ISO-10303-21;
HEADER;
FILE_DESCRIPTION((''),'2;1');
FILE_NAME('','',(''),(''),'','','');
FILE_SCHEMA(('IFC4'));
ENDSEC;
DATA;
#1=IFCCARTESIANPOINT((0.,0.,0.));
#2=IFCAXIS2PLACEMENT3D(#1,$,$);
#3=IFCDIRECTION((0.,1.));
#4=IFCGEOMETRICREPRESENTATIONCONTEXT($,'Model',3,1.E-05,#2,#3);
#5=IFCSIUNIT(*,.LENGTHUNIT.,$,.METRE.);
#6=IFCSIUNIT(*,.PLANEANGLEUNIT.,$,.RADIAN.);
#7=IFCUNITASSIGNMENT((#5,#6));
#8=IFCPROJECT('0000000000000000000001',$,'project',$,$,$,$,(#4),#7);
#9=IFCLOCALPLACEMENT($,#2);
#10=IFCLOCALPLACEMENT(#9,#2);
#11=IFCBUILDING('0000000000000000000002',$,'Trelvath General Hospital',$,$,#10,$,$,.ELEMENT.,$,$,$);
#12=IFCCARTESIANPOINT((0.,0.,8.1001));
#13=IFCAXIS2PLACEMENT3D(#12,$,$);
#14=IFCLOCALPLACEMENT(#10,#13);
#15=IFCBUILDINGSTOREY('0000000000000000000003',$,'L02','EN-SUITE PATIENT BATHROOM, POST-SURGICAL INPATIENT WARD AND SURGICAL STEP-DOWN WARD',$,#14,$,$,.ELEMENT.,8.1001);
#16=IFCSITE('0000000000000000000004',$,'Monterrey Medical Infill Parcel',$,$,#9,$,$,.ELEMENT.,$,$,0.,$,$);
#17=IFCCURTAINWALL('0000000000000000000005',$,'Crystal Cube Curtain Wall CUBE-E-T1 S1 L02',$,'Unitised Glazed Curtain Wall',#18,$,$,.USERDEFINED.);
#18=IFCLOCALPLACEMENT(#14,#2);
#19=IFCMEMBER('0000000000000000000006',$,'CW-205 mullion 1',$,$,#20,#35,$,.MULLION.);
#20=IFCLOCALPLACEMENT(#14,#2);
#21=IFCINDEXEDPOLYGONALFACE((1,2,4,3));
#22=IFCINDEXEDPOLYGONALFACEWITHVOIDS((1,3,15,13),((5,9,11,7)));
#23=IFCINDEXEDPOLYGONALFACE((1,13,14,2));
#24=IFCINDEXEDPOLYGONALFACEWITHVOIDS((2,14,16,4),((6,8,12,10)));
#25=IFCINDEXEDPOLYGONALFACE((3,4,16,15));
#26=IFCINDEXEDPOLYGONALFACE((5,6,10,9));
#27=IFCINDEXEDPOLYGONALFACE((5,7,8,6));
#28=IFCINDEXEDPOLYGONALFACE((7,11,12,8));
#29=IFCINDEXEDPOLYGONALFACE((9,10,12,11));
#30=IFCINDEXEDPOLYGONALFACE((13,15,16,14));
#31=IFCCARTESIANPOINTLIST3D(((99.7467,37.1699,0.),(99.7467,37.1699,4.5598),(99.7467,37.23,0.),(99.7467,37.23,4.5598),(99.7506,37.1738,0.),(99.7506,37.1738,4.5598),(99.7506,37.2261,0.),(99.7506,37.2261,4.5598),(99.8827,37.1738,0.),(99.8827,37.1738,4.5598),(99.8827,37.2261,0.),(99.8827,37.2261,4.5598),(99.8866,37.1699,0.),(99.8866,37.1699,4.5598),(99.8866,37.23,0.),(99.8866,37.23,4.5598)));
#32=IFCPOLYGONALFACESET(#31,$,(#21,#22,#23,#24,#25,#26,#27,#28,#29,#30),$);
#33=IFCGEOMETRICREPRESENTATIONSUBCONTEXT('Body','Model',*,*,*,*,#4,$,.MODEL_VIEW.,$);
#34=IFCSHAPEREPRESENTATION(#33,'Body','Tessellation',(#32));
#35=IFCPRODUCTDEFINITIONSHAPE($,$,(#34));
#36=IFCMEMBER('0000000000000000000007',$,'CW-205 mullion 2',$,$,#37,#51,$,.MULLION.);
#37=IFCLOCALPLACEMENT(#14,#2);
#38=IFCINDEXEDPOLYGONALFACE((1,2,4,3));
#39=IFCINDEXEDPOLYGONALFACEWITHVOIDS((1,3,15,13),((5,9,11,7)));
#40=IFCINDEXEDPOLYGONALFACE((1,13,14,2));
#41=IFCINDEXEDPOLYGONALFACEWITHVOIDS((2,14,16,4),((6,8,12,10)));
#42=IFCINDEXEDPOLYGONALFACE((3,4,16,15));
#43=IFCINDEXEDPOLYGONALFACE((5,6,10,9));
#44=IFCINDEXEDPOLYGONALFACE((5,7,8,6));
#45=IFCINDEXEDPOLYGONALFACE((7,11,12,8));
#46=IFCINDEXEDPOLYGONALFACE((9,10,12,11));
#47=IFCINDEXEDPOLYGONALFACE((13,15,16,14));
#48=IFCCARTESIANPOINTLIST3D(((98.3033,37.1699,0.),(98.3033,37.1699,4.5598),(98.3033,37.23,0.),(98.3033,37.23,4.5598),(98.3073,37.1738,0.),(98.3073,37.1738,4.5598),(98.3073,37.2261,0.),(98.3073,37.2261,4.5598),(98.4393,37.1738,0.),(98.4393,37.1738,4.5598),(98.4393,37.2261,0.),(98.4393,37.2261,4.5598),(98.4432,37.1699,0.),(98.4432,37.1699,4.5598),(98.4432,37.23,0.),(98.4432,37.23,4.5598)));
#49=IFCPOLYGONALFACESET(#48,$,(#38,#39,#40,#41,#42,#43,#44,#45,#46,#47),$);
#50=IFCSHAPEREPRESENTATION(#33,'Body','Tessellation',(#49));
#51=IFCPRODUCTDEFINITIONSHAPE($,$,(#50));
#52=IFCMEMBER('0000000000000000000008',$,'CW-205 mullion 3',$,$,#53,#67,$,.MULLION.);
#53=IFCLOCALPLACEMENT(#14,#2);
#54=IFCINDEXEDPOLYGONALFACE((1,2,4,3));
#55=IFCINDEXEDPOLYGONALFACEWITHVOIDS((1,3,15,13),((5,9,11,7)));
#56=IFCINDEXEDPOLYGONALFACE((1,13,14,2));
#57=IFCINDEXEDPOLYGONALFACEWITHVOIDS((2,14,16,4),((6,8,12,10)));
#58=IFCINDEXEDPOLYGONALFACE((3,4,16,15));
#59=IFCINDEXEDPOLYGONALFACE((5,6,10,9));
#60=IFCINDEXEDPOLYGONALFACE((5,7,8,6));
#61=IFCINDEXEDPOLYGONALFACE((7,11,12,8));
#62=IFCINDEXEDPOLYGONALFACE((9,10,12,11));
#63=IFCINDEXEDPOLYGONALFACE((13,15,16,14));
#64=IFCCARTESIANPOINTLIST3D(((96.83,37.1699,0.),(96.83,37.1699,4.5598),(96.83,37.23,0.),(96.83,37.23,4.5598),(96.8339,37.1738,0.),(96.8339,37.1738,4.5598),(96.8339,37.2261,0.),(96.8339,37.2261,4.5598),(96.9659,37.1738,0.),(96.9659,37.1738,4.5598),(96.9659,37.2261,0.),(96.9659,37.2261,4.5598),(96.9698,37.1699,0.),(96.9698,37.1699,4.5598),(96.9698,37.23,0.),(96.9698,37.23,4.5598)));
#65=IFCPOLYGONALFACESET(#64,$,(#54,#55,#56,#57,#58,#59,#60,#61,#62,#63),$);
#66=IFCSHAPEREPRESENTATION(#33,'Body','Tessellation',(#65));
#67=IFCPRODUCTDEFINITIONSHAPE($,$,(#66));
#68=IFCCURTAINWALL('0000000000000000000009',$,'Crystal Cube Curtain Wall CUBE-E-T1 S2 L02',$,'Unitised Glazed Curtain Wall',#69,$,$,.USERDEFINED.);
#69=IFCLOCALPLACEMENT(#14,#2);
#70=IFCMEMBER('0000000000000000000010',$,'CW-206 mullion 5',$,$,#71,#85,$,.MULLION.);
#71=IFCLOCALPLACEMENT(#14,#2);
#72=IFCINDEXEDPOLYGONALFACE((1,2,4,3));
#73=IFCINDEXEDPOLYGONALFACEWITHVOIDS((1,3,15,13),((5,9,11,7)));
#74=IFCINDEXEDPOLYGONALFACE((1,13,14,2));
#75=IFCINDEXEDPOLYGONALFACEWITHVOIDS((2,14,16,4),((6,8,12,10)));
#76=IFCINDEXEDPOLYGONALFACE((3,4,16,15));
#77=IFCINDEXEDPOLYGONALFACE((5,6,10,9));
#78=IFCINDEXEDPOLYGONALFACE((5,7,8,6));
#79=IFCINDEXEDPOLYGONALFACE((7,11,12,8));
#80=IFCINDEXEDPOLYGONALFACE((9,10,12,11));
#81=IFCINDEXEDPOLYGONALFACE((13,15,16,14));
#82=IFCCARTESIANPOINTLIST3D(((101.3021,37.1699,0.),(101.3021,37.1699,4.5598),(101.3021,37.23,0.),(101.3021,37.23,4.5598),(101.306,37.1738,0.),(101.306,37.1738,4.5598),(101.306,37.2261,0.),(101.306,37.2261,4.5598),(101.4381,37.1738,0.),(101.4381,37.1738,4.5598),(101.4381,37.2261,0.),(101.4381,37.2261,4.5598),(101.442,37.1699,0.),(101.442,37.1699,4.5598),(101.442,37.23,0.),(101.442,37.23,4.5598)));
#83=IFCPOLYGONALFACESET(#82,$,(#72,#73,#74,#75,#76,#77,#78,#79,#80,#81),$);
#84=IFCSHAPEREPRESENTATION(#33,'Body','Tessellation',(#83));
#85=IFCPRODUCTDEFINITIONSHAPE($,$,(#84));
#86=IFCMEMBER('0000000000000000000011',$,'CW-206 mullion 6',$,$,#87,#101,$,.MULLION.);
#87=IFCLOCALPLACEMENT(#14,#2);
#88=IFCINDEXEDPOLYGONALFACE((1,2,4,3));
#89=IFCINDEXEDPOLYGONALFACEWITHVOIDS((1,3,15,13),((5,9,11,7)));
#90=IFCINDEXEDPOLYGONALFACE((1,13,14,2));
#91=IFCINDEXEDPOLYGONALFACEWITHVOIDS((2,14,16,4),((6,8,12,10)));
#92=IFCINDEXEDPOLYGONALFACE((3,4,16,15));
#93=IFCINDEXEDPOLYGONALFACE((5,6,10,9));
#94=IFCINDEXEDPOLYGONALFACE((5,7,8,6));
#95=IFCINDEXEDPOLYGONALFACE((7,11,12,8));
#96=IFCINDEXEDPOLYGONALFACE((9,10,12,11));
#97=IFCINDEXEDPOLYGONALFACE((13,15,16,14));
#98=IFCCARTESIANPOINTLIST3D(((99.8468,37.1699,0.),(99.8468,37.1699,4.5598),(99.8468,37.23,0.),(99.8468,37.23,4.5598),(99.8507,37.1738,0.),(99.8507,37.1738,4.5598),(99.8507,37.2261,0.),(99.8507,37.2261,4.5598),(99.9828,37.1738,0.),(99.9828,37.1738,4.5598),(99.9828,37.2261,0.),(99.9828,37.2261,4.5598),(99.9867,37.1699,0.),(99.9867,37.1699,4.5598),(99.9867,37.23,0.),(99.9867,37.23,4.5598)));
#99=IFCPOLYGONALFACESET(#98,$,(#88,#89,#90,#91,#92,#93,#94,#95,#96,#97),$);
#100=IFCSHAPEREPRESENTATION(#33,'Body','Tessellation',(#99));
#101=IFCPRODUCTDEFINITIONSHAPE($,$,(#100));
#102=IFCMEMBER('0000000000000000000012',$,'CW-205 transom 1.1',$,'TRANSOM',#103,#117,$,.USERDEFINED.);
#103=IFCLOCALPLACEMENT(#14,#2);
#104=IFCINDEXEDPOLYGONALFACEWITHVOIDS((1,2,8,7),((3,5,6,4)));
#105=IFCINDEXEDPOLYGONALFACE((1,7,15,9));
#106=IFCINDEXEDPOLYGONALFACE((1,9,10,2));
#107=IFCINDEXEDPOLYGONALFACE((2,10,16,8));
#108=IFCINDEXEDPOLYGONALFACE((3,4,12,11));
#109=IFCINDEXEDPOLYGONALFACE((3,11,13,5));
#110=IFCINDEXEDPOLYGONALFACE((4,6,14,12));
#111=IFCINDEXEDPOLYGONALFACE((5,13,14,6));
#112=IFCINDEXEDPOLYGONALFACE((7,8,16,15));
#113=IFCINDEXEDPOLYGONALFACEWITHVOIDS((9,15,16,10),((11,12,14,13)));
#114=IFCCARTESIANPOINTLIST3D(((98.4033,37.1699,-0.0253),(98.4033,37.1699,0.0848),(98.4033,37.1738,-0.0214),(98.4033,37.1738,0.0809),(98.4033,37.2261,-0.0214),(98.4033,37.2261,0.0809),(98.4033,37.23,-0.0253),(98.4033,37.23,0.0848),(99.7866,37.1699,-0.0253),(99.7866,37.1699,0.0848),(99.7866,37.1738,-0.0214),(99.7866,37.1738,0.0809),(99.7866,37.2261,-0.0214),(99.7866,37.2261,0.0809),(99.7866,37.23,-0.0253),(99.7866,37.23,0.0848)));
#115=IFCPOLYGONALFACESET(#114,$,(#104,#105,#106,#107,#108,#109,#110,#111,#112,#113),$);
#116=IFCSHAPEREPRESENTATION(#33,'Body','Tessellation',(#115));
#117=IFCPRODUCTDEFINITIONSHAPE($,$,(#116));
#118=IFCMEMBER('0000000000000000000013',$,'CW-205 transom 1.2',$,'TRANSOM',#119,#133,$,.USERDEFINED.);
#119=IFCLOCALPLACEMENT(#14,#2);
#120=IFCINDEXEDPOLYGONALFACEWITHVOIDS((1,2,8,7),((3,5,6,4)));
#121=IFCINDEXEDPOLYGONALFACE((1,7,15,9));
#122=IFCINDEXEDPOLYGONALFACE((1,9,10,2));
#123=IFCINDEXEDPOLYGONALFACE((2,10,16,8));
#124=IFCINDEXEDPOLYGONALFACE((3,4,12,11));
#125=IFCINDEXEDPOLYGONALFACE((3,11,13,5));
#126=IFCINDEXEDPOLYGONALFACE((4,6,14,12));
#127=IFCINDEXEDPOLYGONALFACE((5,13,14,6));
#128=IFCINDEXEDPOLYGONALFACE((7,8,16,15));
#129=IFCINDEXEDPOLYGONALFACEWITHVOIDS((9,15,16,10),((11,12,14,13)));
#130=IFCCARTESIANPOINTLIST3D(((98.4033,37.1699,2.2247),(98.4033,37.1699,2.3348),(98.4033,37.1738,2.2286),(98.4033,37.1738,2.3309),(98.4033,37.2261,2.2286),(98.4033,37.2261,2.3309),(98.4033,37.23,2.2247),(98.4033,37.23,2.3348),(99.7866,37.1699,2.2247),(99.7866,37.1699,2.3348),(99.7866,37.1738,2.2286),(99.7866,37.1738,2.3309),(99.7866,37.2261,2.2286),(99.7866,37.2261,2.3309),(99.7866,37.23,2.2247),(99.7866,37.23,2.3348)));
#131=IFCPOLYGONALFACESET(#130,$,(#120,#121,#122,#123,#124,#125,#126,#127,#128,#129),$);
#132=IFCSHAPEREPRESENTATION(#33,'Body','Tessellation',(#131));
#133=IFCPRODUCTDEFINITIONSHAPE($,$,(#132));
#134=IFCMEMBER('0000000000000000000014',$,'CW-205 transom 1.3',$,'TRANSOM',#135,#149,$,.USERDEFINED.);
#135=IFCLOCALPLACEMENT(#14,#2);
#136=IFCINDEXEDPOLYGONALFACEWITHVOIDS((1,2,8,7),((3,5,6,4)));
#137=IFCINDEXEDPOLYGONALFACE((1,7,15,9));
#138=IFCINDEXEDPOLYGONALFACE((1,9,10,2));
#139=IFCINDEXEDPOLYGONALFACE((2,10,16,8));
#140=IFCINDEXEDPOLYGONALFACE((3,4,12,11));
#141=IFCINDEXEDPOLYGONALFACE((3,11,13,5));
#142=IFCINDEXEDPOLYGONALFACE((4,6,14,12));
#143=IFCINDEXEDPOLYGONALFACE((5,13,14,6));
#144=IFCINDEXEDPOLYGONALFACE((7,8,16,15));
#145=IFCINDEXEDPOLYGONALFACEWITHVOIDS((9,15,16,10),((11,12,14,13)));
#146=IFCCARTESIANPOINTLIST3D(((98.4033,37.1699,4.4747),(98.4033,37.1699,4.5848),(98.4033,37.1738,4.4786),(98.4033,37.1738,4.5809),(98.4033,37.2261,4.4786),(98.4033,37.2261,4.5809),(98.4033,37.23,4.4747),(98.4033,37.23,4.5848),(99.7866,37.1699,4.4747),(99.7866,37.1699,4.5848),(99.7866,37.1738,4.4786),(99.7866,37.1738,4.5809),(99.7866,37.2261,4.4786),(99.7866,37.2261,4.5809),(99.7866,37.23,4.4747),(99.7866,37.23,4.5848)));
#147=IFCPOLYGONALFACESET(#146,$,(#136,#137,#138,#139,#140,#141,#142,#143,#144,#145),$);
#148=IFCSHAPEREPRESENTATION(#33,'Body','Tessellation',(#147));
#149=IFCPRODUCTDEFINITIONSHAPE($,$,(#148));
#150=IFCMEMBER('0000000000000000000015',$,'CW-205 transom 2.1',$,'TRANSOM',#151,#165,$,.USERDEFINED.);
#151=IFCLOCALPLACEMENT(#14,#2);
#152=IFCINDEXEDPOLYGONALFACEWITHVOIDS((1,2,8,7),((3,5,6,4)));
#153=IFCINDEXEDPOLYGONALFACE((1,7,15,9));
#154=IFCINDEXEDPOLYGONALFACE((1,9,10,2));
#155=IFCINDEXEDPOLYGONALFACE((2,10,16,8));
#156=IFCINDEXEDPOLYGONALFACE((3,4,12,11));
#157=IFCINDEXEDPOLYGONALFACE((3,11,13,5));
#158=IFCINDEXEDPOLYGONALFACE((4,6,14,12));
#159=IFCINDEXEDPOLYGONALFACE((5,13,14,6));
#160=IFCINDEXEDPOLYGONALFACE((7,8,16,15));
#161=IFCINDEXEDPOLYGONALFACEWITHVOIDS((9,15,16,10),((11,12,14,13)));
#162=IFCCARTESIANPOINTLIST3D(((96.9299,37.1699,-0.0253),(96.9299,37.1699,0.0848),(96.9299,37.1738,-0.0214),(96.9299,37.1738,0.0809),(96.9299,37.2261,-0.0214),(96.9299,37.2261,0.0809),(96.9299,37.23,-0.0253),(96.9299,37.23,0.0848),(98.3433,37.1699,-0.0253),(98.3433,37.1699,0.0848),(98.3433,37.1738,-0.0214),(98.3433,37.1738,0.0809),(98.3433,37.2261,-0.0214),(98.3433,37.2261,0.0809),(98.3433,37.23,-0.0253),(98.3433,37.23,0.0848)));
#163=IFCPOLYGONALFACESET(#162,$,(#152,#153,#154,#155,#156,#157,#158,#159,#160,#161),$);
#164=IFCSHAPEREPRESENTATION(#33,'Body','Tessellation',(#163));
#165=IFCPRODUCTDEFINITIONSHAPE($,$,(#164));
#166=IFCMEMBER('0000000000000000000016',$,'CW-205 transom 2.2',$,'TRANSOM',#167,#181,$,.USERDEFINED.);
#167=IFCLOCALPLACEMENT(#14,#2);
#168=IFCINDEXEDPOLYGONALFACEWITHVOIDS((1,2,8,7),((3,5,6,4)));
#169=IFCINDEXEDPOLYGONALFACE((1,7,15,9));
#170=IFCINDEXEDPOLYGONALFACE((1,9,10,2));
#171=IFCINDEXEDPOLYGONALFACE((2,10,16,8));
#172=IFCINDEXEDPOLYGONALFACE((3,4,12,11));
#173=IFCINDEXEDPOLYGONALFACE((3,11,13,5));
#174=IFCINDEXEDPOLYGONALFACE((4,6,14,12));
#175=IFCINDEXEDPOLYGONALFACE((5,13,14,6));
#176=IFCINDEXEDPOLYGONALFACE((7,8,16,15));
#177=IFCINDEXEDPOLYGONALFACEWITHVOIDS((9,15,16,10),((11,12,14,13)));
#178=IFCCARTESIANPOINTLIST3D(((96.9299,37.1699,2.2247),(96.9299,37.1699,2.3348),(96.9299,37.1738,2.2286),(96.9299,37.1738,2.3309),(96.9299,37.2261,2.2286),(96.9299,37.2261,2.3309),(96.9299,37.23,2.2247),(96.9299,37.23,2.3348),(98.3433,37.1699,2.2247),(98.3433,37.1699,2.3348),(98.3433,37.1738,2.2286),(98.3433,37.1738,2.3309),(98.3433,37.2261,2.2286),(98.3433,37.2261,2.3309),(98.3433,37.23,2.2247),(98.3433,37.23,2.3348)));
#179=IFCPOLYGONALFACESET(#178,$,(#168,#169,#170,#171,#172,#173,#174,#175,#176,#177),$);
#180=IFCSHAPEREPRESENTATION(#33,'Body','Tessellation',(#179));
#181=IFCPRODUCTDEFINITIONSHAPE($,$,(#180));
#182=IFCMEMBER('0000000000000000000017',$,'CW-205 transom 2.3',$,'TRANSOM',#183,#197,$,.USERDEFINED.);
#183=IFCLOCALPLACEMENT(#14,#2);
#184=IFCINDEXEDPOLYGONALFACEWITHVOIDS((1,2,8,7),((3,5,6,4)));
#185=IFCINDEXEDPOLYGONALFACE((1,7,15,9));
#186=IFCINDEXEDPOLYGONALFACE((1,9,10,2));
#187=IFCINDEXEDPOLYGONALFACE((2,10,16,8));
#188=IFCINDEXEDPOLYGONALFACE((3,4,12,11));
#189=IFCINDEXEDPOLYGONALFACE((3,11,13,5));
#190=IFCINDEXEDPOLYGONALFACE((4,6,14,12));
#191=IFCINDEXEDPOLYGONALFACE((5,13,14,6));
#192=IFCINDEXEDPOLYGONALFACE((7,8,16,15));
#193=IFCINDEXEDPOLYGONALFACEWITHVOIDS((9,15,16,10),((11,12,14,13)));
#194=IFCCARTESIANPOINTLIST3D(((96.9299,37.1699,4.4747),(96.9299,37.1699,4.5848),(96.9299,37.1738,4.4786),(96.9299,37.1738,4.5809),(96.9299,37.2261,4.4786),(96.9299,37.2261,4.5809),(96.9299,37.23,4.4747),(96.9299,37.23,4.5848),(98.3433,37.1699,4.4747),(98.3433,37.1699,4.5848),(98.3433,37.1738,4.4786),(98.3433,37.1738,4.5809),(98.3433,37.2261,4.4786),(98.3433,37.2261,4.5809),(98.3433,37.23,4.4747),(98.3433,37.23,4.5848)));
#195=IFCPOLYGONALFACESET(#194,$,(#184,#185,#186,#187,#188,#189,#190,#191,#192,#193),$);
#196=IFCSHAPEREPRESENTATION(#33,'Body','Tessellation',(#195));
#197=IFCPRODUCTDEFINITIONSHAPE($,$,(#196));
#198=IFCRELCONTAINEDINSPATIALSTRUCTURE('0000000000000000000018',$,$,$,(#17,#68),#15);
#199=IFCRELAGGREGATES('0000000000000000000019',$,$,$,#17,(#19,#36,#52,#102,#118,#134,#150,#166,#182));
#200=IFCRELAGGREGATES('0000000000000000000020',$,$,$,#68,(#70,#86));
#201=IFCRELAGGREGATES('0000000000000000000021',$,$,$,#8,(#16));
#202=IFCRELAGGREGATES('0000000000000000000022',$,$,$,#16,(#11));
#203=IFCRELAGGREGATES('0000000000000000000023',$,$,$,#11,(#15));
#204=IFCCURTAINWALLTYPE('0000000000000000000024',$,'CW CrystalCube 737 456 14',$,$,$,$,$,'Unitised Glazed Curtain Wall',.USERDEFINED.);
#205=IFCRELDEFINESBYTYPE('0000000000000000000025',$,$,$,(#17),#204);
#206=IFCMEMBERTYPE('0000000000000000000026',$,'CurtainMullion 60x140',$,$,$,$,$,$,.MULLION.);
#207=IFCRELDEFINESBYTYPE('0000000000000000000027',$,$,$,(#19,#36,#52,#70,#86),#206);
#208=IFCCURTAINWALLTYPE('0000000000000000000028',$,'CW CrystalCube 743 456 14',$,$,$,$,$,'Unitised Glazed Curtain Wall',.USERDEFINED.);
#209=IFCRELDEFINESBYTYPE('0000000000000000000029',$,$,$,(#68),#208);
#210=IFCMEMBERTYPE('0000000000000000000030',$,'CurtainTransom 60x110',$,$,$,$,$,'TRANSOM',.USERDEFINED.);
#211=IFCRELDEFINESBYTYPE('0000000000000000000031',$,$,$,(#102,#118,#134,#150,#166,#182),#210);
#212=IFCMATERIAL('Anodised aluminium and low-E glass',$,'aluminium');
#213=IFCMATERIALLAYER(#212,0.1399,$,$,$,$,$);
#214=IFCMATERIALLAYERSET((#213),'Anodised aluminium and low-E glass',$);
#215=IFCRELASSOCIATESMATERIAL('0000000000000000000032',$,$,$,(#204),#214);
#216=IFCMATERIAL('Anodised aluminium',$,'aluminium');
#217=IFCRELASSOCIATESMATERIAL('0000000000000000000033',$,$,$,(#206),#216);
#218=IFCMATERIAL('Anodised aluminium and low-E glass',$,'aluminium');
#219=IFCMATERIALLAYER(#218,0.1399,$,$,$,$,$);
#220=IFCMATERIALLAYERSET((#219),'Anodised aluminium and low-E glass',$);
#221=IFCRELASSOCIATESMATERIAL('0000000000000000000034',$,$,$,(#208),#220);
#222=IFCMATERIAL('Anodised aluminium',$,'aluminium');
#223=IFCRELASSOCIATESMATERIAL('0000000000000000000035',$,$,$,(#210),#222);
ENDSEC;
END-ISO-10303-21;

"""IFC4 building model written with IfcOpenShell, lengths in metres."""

from ifc_helpers import new_model, si_unit, direction, frame, origin, origin_2d, place, context, subcontext, project, spatial, hollow_rectangle, extrude, material, layer, layer_set, material_profile, profile_set, type_object, element, aggregate, save


model = new_model("IFC4")

# Units and contexts
model_context = context("Model", 3, precision=1e-05, world=origin(), true_north=direction((0.0, 1.0)))
body_context = subcontext(model_context, "Body", "Model", "MODEL_VIEW")
ifc_project = project(units=[si_unit("LENGTHUNIT", "METRE"), si_unit("PLANEANGLEUNIT", "RADIAN")], contexts=[model_context])

# Site, building, storey
site_placement = place(None, origin())
site = spatial("IfcSite", under=ifc_project, at=site_placement, Name="Monterrey Medical Infill Parcel", CompositionType="ELEMENT", RefElevation=0.0)
building_placement = place(site_placement, origin())
building = spatial("IfcBuilding", under=site, at=building_placement, Name="Trelvath General Hospital", CompositionType="ELEMENT")
storey_placement = place(building_placement, frame((0.0, 0.0, 8.1001)))
storey = spatial("IfcBuildingStorey", under=building, at=storey_placement, Name="L02", Description="EN-SUITE PATIENT BATHROOM, POST-SURGICAL INPATIENT WARD AND SURGICAL STEP-DOWN WARD", CompositionType="ELEMENT", Elevation=8.1001)

# Curtain walls, members
ifc_material_1 = material(Name="Anodised aluminium and low-E glass", Category="aluminium")
ifc_layer_1 = layer(ifc_material_1, 0.1399)
ifc_layer_set_1 = layer_set([ifc_layer_1], Name="Anodised aluminium and low-E glass")
curtain_wall_type_1 = type_object("IfcCurtainWallType", Name="CW CrystalCube 737 456 14", ElementType="Unitised Glazed Curtain Wall", PredefinedType="USERDEFINED", material=ifc_layer_set_1)
curtain_wall_1_placement = place(storey_placement, origin())
curtain_wall_1 = element("IfcCurtainWall", 1, at=curtain_wall_1_placement, inside=storey, type_object=curtain_wall_type_1, Name="Crystal Cube Curtain Wall CUBE-E-T1 S1 L02", ObjectType="Unitised Glazed Curtain Wall", PredefinedType="USERDEFINED")
ifc_material_2 = material(Name="Anodised aluminium", Category="aluminium")
ifc_material_profile_1 = material_profile(ifc_material_2, hollow_rectangle(XDim=0.0601, YDim=0.1399, WallThickness=0.0039, at=origin_2d()), Name="RHS60x140x4")
ifc_profile_set_1 = profile_set([ifc_material_profile_1], Name="Anodised aluminium")
member_type_1 = type_object("IfcMemberType", Name="CurtainMullion 60x140", PredefinedType="MULLION", material=ifc_profile_set_1)
member_1_placement = place(storey_placement, frame((99.8167, 37.2, 0.0), z_axis=(0.0, 0.0, 1.0), x_axis=(0.0, -1.0, 0.0)))
member_1 = element("IfcMember", 2, at=member_1_placement, type_object=member_type_1, Name="CW-205 mullion 1", PredefinedType="MULLION", context=body_context, shape_type="SweptSolid", body=[
    extrude(hollow_rectangle(XDim=0.0601, YDim=0.1399, WallThickness=0.0039, at=origin_2d()), origin(), (0.0, 0.0, 1.0), 4.5598),
])
member_2_placement = place(storey_placement, frame((98.3733, 37.2, 0.0), z_axis=(0.0, 0.0, 1.0), x_axis=(0.0, -1.0, 0.0)))
member_2 = element("IfcMember", 3, at=member_2_placement, type_object=member_type_1, Name="CW-205 mullion 2", PredefinedType="MULLION", context=body_context, shape_type="SweptSolid", body=[
    extrude(hollow_rectangle(XDim=0.0601, YDim=0.1399, WallThickness=0.0039, at=origin_2d()), origin(), (0.0, 0.0, 1.0), 4.5598),
])
member_3_placement = place(storey_placement, frame((96.8999, 37.2, 0.0), z_axis=(0.0, 0.0, 1.0), x_axis=(0.0, -1.0, 0.0)))
member_3 = element("IfcMember", 4, at=member_3_placement, type_object=member_type_1, Name="CW-205 mullion 3", PredefinedType="MULLION", context=body_context, shape_type="SweptSolid", body=[
    extrude(hollow_rectangle(XDim=0.0601, YDim=0.1399, WallThickness=0.0039, at=origin_2d()), origin(), (0.0, 0.0, 1.0), 4.5598),
])
ifc_material_3 = material(Name="Anodised aluminium and low-E glass", Category="aluminium")
ifc_layer_2 = layer(ifc_material_3, 0.1399)
ifc_layer_set_2 = layer_set([ifc_layer_2], Name="Anodised aluminium and low-E glass")
curtain_wall_type_2 = type_object("IfcCurtainWallType", Name="CW CrystalCube 743 456 14", ElementType="Unitised Glazed Curtain Wall", PredefinedType="USERDEFINED", material=ifc_layer_set_2)
curtain_wall_2_placement = place(storey_placement, origin())
curtain_wall_2 = element("IfcCurtainWall", 5, at=curtain_wall_2_placement, inside=storey, type_object=curtain_wall_type_2, Name="Crystal Cube Curtain Wall CUBE-E-T1 S2 L02", ObjectType="Unitised Glazed Curtain Wall", PredefinedType="USERDEFINED")
member_4_placement = place(storey_placement, frame((101.3721, 37.2, 0.0), z_axis=(0.0, 0.0, 1.0), x_axis=(0.0, -1.0, 0.0)))
member_4 = element("IfcMember", 6, at=member_4_placement, type_object=member_type_1, Name="CW-206 mullion 5", PredefinedType="MULLION", context=body_context, shape_type="SweptSolid", body=[
    extrude(hollow_rectangle(XDim=0.0601, YDim=0.1399, WallThickness=0.0039, at=origin_2d()), origin(), (0.0, 0.0, 1.0), 4.5598),
])
member_5_placement = place(storey_placement, frame((99.9167, 37.2, 0.0), z_axis=(0.0, 0.0, 1.0), x_axis=(0.0, -1.0, 0.0)))
member_5 = element("IfcMember", 7, at=member_5_placement, type_object=member_type_1, Name="CW-206 mullion 6", PredefinedType="MULLION", context=body_context, shape_type="SweptSolid", body=[
    extrude(hollow_rectangle(XDim=0.0601, YDim=0.1399, WallThickness=0.0039, at=origin_2d()), origin(), (0.0, 0.0, 1.0), 4.5598),
])

# Members
ifc_material_4 = material(Name="Anodised aluminium", Category="aluminium")
ifc_material_profile_2 = material_profile(ifc_material_4, hollow_rectangle(XDim=0.0601, YDim=0.1101, WallThickness=0.0039, at=origin_2d()), Name="RHS60x110x4")
ifc_profile_set_2 = profile_set([ifc_material_profile_2], Name="Anodised aluminium")
member_type_2 = type_object("IfcMemberType", Name="CurtainTransom 60x110", ElementType="TRANSOM", PredefinedType="USERDEFINED", material=ifc_profile_set_2)
member_6_placement = place(storey_placement, frame((99.7866, 37.2, 0.0298), z_axis=(-1.0, 0.0, 0.0), x_axis=(0.0, -1.0, 0.0)))
member_6 = element("IfcMember", 8, at=member_6_placement, type_object=member_type_2, Name="CW-205 transom 1.1", ObjectType="TRANSOM", PredefinedType="USERDEFINED", context=body_context, shape_type="SweptSolid", body=[
    extrude(hollow_rectangle(XDim=0.0601, YDim=0.1101, WallThickness=0.0039, at=origin_2d()), origin(), (0.0, 0.0, 1.0), 1.3833),
])
member_7_placement = place(storey_placement, frame((99.7866, 37.2, 2.2798), z_axis=(-1.0, 0.0, 0.0), x_axis=(0.0, -1.0, 0.0)))
member_7 = element("IfcMember", 9, at=member_7_placement, type_object=member_type_2, Name="CW-205 transom 1.2", ObjectType="TRANSOM", PredefinedType="USERDEFINED", context=body_context, shape_type="SweptSolid", body=[
    extrude(hollow_rectangle(XDim=0.0601, YDim=0.1101, WallThickness=0.0039, at=origin_2d()), origin(), (0.0, 0.0, 1.0), 1.3833),
])
member_8_placement = place(storey_placement, frame((99.7866, 37.2, 4.5298), z_axis=(-1.0, 0.0, 0.0), x_axis=(0.0, -1.0, 0.0)))
member_8 = element("IfcMember", 10, at=member_8_placement, type_object=member_type_2, Name="CW-205 transom 1.3", ObjectType="TRANSOM", PredefinedType="USERDEFINED", context=body_context, shape_type="SweptSolid", body=[
    extrude(hollow_rectangle(XDim=0.0601, YDim=0.1101, WallThickness=0.0039, at=origin_2d()), origin(), (0.0, 0.0, 1.0), 1.3833),
])
member_9_placement = place(storey_placement, frame((98.3433, 37.2, 0.0298), z_axis=(-1.0, 0.0, 0.0), x_axis=(0.0, -1.0, 0.0)))
member_9 = element("IfcMember", 11, at=member_9_placement, type_object=member_type_2, Name="CW-205 transom 2.1", ObjectType="TRANSOM", PredefinedType="USERDEFINED", context=body_context, shape_type="SweptSolid", body=[
    extrude(hollow_rectangle(XDim=0.0601, YDim=0.1101, WallThickness=0.0039, at=origin_2d()), origin(), (0.0, 0.0, 1.0), 1.4133),
])
member_10_placement = place(storey_placement, frame((98.3433, 37.2, 2.2798), z_axis=(-1.0, 0.0, 0.0), x_axis=(0.0, -1.0, 0.0)))
member_10 = element("IfcMember", 12, at=member_10_placement, type_object=member_type_2, Name="CW-205 transom 2.2", ObjectType="TRANSOM", PredefinedType="USERDEFINED", context=body_context, shape_type="SweptSolid", body=[
    extrude(hollow_rectangle(XDim=0.0601, YDim=0.1101, WallThickness=0.0039, at=origin_2d()), origin(), (0.0, 0.0, 1.0), 1.4133),
])
member_11_placement = place(storey_placement, frame((98.3433, 37.2, 4.5298), z_axis=(-1.0, 0.0, 0.0), x_axis=(0.0, -1.0, 0.0)))
member_11 = element("IfcMember", 13, at=member_11_placement, type_object=member_type_2, Name="CW-205 transom 2.3", ObjectType="TRANSOM", PredefinedType="USERDEFINED", context=body_context, shape_type="SweptSolid", body=[
    extrude(hollow_rectangle(XDim=0.0601, YDim=0.1101, WallThickness=0.0039, at=origin_2d()), origin(), (0.0, 0.0, 1.0), 1.4133),
])

aggregate(curtain_wall_1, [member_1, member_2, member_3, member_6, member_7, member_8, member_9, member_10, member_11])
aggregate(curtain_wall_2, [member_4, member_5])

save(model, "model.ifc")
